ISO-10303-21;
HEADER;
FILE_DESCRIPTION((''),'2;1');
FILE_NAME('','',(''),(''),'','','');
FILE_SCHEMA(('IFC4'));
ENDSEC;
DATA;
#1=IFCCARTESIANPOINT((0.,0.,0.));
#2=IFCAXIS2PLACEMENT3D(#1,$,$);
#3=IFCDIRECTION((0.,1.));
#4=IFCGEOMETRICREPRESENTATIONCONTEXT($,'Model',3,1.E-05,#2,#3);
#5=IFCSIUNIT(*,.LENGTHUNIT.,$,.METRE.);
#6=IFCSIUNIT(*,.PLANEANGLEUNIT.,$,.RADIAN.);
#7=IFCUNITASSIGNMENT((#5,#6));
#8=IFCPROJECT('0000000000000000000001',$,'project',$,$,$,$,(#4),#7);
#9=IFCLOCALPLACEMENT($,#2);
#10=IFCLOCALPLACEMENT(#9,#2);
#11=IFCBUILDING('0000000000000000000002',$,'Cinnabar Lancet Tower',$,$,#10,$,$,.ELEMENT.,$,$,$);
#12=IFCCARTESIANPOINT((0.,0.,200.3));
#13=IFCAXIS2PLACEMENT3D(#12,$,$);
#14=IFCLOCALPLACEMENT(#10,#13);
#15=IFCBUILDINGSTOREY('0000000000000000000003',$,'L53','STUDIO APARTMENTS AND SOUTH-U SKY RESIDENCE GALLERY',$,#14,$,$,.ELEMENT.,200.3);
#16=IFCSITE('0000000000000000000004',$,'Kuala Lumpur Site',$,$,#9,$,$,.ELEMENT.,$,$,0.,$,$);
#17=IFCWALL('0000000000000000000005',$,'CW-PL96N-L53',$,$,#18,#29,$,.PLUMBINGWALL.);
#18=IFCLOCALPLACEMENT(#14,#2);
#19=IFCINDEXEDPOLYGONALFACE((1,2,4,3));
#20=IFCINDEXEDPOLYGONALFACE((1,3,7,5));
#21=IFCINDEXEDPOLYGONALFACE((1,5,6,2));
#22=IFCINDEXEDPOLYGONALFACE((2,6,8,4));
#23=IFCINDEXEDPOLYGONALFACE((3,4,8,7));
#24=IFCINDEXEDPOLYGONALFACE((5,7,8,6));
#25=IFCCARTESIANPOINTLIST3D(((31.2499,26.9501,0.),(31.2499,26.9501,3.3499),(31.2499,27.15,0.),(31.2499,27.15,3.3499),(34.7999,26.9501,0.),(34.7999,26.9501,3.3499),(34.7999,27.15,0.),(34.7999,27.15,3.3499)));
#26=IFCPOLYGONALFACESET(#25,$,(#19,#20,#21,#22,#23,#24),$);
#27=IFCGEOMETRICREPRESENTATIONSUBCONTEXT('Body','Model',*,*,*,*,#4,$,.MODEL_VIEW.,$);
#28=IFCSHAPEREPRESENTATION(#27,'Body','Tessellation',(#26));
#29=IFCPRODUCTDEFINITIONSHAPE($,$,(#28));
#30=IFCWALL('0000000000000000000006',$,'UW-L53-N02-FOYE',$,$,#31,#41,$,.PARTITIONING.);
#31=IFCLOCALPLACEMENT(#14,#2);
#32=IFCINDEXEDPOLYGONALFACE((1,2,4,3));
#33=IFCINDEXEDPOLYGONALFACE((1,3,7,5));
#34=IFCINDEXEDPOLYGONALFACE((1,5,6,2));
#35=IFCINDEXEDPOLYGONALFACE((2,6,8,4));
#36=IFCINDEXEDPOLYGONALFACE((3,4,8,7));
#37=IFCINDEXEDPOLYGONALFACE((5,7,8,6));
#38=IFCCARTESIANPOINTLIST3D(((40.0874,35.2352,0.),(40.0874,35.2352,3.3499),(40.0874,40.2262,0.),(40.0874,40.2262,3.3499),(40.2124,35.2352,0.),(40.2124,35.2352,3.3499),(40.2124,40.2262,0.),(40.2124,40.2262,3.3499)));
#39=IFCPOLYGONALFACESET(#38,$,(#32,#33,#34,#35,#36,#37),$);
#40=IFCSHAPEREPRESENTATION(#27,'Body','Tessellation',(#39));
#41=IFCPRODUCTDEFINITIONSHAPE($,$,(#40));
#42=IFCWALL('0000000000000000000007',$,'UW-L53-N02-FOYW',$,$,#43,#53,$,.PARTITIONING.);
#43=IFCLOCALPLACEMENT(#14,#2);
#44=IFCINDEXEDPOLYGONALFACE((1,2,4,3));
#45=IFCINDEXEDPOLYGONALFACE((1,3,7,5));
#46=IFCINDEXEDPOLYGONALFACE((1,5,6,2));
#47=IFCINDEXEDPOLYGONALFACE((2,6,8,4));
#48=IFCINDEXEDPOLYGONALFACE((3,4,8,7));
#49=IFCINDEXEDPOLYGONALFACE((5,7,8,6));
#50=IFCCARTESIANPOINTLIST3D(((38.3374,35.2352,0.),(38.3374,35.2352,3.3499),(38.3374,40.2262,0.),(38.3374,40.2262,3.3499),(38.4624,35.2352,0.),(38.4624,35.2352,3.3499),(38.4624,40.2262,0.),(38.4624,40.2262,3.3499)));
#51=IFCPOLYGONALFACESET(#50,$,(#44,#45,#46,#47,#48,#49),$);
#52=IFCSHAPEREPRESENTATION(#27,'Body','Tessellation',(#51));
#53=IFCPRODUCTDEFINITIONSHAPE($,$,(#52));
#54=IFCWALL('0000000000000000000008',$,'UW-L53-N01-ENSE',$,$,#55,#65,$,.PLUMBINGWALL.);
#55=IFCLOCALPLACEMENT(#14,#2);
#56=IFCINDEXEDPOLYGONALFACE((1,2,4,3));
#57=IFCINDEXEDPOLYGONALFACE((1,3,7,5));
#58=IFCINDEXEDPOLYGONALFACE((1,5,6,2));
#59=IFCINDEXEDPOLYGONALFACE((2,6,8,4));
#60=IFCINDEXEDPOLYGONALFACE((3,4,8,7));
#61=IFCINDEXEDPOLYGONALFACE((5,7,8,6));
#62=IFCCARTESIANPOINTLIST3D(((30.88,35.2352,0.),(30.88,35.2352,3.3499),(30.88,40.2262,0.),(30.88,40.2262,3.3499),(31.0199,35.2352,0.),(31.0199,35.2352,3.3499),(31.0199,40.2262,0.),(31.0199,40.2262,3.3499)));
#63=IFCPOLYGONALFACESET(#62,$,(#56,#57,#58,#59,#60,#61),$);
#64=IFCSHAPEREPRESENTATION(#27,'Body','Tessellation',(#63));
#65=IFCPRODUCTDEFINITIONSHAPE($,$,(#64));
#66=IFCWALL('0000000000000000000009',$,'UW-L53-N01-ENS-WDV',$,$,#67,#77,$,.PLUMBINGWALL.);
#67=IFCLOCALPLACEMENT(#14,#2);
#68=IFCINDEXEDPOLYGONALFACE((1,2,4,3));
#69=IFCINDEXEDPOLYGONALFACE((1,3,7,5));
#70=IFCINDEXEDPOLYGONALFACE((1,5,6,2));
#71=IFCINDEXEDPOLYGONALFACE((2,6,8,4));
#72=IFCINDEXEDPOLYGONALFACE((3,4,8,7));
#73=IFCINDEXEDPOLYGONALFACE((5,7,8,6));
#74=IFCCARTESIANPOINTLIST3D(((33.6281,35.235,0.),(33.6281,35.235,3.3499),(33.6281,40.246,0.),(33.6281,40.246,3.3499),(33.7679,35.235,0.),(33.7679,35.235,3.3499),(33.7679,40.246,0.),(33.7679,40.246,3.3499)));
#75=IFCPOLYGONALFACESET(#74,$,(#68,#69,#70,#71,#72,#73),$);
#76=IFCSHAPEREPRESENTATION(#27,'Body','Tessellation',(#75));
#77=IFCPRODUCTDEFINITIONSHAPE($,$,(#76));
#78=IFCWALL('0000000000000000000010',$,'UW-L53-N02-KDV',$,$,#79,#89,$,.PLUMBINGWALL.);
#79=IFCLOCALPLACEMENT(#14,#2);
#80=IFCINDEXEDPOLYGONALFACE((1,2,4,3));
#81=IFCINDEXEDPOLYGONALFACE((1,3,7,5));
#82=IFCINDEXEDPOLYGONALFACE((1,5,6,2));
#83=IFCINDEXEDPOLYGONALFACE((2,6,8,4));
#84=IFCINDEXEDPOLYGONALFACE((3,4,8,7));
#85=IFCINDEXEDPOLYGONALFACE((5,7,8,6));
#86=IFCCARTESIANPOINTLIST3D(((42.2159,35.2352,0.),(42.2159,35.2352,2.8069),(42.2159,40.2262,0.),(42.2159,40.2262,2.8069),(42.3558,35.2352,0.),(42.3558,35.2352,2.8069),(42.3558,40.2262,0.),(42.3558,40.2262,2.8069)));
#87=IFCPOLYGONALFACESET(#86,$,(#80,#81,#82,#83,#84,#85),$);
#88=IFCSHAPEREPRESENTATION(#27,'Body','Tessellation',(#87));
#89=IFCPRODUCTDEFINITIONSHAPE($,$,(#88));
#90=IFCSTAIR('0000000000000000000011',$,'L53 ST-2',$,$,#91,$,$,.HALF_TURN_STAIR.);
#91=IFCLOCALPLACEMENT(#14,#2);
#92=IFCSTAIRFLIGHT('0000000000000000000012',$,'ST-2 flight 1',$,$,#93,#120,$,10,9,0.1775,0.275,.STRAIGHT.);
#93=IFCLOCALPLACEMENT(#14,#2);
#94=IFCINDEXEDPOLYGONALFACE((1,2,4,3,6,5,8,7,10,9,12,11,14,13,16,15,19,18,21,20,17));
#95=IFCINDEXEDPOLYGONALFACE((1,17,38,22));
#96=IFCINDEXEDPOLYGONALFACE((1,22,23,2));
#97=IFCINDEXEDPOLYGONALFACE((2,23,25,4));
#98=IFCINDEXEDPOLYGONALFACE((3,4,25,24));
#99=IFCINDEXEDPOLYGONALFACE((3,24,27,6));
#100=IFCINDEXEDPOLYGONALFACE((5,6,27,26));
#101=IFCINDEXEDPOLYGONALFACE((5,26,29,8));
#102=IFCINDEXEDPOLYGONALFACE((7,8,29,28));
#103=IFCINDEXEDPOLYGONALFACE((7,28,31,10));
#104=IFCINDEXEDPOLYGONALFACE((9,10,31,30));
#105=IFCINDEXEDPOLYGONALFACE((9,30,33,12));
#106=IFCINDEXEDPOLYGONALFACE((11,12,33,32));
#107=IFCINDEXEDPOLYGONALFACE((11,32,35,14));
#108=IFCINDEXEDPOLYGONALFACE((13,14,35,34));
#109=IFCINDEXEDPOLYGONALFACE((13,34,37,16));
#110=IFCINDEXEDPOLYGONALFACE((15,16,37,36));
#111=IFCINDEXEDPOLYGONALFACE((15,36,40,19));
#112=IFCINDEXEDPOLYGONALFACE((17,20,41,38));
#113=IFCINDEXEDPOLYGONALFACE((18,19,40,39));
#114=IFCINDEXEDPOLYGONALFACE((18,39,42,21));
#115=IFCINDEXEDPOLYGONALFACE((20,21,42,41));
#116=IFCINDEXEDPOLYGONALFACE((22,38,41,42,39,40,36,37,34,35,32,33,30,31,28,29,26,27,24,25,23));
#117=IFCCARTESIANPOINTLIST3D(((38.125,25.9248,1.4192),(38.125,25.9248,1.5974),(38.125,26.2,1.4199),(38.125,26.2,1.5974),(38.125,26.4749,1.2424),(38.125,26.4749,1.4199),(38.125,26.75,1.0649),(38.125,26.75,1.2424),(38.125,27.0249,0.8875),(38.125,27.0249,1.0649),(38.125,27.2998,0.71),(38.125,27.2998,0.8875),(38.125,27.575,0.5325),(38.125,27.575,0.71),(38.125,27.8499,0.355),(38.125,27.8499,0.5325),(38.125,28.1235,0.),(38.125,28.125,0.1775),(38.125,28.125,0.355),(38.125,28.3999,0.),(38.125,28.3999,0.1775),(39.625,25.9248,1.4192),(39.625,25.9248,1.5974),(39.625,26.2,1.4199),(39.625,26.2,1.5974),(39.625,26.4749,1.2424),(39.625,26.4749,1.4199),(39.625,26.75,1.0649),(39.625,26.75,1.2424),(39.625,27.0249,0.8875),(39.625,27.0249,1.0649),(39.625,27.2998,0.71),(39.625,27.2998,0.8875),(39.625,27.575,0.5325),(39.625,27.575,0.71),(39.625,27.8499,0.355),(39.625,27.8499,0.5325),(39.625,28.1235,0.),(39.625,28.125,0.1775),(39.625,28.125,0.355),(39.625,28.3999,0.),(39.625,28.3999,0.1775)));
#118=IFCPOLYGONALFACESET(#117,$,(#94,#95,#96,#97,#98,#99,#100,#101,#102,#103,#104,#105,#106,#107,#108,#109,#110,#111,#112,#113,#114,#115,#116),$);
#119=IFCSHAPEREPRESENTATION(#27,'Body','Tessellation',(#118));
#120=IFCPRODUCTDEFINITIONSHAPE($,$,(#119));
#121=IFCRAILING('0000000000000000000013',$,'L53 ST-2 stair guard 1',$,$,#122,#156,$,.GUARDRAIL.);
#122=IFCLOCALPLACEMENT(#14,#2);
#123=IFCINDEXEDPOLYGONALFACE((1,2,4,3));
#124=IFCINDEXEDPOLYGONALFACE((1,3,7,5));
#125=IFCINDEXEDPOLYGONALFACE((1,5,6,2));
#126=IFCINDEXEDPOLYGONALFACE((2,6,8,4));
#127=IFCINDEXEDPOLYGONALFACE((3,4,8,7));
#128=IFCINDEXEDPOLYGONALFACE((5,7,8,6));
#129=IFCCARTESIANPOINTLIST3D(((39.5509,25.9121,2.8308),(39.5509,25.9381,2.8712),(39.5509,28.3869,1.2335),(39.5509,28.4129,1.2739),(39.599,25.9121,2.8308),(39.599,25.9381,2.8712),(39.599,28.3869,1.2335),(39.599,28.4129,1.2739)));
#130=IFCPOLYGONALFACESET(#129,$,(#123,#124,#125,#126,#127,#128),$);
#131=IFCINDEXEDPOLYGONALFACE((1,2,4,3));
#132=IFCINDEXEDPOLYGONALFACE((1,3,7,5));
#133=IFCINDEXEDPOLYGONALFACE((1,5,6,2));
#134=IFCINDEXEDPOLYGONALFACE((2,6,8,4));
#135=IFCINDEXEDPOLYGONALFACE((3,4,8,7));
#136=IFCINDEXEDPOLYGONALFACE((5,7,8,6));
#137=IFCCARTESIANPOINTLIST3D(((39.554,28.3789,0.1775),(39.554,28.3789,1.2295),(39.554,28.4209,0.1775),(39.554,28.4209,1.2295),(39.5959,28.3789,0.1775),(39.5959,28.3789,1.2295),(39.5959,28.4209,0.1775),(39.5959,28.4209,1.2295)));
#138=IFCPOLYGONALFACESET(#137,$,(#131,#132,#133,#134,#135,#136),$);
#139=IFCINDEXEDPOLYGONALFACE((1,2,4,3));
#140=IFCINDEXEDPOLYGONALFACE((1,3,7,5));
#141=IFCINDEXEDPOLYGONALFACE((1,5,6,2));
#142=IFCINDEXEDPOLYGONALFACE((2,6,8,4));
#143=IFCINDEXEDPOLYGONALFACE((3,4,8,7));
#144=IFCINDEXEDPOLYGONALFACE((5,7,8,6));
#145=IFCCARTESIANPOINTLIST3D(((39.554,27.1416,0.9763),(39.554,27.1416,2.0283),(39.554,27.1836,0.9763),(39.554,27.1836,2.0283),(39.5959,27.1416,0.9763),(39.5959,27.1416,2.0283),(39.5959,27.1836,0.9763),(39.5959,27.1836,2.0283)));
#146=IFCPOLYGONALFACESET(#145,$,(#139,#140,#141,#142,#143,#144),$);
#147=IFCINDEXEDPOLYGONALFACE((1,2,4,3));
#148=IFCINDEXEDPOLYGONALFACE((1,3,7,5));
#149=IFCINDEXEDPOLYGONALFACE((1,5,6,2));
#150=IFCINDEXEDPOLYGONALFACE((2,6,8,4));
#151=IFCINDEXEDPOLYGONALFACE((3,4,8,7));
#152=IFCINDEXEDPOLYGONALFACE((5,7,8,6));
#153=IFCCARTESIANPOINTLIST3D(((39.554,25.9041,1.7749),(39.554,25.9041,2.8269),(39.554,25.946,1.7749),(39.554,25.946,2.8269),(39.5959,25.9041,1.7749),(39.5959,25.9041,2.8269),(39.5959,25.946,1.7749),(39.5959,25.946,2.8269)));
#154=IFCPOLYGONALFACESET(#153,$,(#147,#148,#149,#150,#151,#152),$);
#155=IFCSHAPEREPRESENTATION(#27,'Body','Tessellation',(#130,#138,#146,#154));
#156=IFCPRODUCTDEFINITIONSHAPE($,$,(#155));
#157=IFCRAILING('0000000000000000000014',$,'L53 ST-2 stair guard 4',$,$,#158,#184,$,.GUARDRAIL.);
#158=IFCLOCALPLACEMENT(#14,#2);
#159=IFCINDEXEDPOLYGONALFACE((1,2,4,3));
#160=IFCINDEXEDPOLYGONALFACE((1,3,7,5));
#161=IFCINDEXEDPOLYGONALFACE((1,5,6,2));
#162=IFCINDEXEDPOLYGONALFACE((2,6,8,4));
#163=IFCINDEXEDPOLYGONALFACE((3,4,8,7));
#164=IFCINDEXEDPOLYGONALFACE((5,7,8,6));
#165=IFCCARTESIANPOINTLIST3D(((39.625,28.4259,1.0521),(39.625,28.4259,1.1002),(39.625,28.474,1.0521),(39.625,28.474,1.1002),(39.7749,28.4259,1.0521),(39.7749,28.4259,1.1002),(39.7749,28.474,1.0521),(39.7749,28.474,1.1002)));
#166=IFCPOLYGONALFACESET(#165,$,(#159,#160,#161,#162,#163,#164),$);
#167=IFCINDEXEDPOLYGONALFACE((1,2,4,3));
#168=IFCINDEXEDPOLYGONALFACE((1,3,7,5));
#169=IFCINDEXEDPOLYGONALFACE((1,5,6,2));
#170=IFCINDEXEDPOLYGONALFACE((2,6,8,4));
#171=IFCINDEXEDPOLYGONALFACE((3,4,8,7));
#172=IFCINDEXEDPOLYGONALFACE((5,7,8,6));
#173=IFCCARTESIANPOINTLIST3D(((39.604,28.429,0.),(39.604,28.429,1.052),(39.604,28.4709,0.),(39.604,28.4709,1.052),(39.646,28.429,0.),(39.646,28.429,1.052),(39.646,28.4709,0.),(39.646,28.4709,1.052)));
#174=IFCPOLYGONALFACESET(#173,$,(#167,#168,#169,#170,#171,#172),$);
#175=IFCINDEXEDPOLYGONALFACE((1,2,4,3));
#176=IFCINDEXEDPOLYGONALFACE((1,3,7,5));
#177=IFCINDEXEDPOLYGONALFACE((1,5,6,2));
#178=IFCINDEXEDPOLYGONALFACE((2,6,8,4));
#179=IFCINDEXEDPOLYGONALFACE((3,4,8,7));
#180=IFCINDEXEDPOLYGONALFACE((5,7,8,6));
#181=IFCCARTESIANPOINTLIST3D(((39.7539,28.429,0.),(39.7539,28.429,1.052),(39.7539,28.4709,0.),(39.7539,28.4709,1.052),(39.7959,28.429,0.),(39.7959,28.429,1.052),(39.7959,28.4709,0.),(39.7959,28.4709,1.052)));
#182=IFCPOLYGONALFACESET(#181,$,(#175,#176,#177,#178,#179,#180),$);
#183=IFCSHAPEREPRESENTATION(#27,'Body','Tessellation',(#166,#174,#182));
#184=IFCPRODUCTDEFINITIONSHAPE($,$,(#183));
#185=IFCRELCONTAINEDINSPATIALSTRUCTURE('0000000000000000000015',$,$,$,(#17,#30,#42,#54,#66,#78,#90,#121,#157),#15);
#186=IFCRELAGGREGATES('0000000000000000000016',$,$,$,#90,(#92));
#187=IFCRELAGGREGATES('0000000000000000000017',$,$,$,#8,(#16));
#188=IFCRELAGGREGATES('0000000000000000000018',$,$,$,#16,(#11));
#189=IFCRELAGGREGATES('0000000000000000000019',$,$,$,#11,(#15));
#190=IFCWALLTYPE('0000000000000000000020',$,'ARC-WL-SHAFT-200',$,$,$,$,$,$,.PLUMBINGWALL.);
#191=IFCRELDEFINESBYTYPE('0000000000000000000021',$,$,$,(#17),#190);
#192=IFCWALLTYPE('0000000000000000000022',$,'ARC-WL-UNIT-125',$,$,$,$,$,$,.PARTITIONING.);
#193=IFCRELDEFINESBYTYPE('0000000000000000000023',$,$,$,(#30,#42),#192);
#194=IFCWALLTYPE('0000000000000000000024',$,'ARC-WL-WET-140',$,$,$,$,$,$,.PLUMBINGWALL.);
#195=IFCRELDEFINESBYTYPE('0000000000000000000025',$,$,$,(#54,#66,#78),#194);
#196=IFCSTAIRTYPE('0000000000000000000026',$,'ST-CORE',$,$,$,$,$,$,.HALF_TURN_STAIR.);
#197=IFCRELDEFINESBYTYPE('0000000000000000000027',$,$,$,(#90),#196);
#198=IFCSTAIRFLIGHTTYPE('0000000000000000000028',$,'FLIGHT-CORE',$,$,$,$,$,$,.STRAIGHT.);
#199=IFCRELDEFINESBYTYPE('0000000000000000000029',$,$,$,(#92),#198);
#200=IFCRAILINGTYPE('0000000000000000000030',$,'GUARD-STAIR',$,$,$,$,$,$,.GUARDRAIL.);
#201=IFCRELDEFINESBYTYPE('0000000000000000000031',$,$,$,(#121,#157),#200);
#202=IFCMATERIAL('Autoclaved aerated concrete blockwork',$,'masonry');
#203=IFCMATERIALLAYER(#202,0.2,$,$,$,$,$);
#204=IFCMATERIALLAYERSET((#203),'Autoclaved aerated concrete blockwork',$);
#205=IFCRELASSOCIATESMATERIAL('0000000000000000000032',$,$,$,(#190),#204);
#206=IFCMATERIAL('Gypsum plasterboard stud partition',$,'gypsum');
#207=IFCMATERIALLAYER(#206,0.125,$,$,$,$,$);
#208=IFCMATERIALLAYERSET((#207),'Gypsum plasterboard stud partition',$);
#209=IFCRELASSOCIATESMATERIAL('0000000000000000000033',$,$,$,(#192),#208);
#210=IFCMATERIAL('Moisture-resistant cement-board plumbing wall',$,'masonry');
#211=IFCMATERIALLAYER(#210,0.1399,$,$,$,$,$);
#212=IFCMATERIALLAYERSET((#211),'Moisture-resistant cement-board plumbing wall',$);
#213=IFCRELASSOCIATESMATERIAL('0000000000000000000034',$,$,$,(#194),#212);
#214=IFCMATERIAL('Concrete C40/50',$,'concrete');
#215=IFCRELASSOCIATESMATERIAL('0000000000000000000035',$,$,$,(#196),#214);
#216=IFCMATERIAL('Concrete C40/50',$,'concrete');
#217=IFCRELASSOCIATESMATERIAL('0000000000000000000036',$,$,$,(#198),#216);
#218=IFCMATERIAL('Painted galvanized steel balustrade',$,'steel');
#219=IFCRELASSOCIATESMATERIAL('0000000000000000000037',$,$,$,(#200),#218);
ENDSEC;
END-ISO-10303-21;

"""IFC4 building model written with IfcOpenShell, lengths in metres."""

from ifc_helpers import new_model, si_unit, direction, frame, frame_2d, origin, origin_2d, place, context, subcontext, project, spatial, polyline, rectangle, outline, extrude, material, layer, layer_set, type_object, element, aggregate, save


model = new_model("IFC4")

# Units and contexts
model_context = context("Model", 3, precision=1e-05, world=origin(), true_north=direction((0.0, 1.0)))
body_context = subcontext(model_context, "Body", "Model", "MODEL_VIEW")
ifc_project = project(units=[si_unit("LENGTHUNIT", "METRE"), si_unit("PLANEANGLEUNIT", "RADIAN")], contexts=[model_context])

# Site, building, storey
site_placement = place(None, origin())
site = spatial("IfcSite", under=ifc_project, at=site_placement, Name="Kuala Lumpur Site", CompositionType="ELEMENT", RefElevation=0.0)
building_placement = place(site_placement, origin())
building = spatial("IfcBuilding", under=site, at=building_placement, Name="Cinnabar Lancet Tower", CompositionType="ELEMENT")
storey_placement = place(building_placement, frame((0.0, 0.0, 200.3)))
storey = spatial("IfcBuildingStorey", under=building, at=storey_placement, Name="L53", Description="STUDIO APARTMENTS AND SOUTH-U SKY RESIDENCE GALLERY", CompositionType="ELEMENT", Elevation=200.3)

# Shared definitions
ifc_material_1 = material(Name="Autoclaved aerated concrete blockwork", Category="masonry")
ifc_layer_1 = layer(ifc_material_1, 0.2)
ifc_layer_set_1 = layer_set([ifc_layer_1], Name="Autoclaved aerated concrete blockwork")
wall_type_1 = type_object("IfcWallType", Name="ARC-WL-SHAFT-200", PredefinedType="PLUMBINGWALL", material=ifc_layer_set_1)

# Walls
wall_1_placement = place(storey_placement, frame((31.25, 27.05, 0.0), z_axis=(0.0, 0.0, 1.0), x_axis=(1.0, 0.0, 0.0)))
element("IfcWall", 1, at=wall_1_placement, inside=storey, type_object=wall_type_1, Name="CW-PL96N-L53", PredefinedType="PLUMBINGWALL", context=body_context, shape_type="SweptSolid", body=[
    extrude(rectangle(XDim=3.55, YDim=0.2, at=frame_2d((1.7749, 0.0))), origin(), (0.0, 0.0, 1.0), 3.3499),
])
ifc_material_2 = material(Name="Gypsum plasterboard stud partition", Category="gypsum")
ifc_layer_2 = layer(ifc_material_2, 0.125)
ifc_layer_set_2 = layer_set([ifc_layer_2], Name="Gypsum plasterboard stud partition")
wall_type_2 = type_object("IfcWallType", Name="ARC-WL-UNIT-125", PredefinedType="PARTITIONING", material=ifc_layer_set_2)
for number, where, z_axis, x_axis, name in (
    (2, (40.1499, 35.2351, 0.0), (0.0, 0.0, 1.0), (0.0, 1.0, 0.0), "UW-L53-N02-FOYE"),
    (3, (38.3999, 35.2351, 0.0), (0.0, 0.0, 1.0), (0.0, 1.0, 0.0), "UW-L53-N02-FOYW"),
):
    element("IfcWall", number, at=place(storey_placement, frame(where, z_axis=z_axis, x_axis=x_axis)), inside=storey, type_object=wall_type_2, Name=name, PredefinedType="PARTITIONING", context=body_context, shape_type="SweptSolid", body=[
        extrude(rectangle(XDim=4.991, YDim=0.125, at=frame_2d((2.4956, 0.0))), origin(), (0.0, 0.0, 1.0), 3.3499),
    ])
ifc_material_3 = material(Name="Moisture-resistant cement-board plumbing wall", Category="masonry")
ifc_layer_3 = layer(ifc_material_3, 0.1399)
ifc_layer_set_3 = layer_set([ifc_layer_3], Name="Moisture-resistant cement-board plumbing wall")
wall_type_3 = type_object("IfcWallType", Name="ARC-WL-WET-140", PredefinedType="PLUMBINGWALL", material=ifc_layer_set_3)
wall_2_placement = place(storey_placement, frame((30.95, 35.2351, 0.0), z_axis=(0.0, 0.0, 1.0), x_axis=(0.0, 1.0, 0.0)))
element("IfcWall", 4, at=wall_2_placement, inside=storey, type_object=wall_type_3, Name="UW-L53-N01-ENSE", PredefinedType="PLUMBINGWALL", context=body_context, shape_type="SweptSolid", body=[
    extrude(rectangle(XDim=4.991, YDim=0.1399, at=frame_2d((2.4956, 0.0))), origin(), (0.0, 0.0, 1.0), 3.3499),
])
wall_3_placement = place(storey_placement, frame((33.698, 35.2351, 0.0), z_axis=(0.0, 0.0, 1.0), x_axis=(0.0, 1.0, 0.0)))
element("IfcWall", 5, at=wall_3_placement, inside=storey, type_object=wall_type_3, Name="UW-L53-N01-ENS-WDV", PredefinedType="PLUMBINGWALL", context=body_context, shape_type="SweptSolid", body=[
    extrude(rectangle(XDim=5.011, YDim=0.1399, at=frame_2d((2.5054, 0.0))), origin(), (0.0, 0.0, 1.0), 3.3499),
])
wall_4_placement = place(storey_placement, frame((42.2859, 35.2351, 0.0), z_axis=(0.0, 0.0, 1.0), x_axis=(0.0, 1.0, 0.0)))
element("IfcWall", 6, at=wall_4_placement, inside=storey, type_object=wall_type_3, Name="UW-L53-N02-KDV", PredefinedType="PLUMBINGWALL", context=body_context, shape_type="SweptSolid", body=[
    extrude(rectangle(XDim=4.991, YDim=0.1399, at=frame_2d((2.4956, 0.0))), origin(), (0.0, 0.0, 1.0), 2.8069),
])

# Stair, stair flight
ifc_material_4 = material(Name="Concrete C40/50", Category="concrete")
stair_type = type_object("IfcStairType", Name="ST-CORE", PredefinedType="HALF_TURN_STAIR", material=ifc_material_4)
stair_placement = place(storey_placement, origin())
stair = element("IfcStair", 7, at=stair_placement, inside=storey, type_object=stair_type, Name="L53 ST-2", PredefinedType="HALF_TURN_STAIR")
ifc_material_5 = material(Name="Concrete C40/50", Category="concrete")
stair_flight_type = type_object("IfcStairFlightType", Name="FLIGHT-CORE", PredefinedType="STRAIGHT", material=ifc_material_5)
stair_flight_placement = place(storey_placement, frame((38.875, 28.3999, 0.0), z_axis=(0.0, 0.0, 1.0), x_axis=(0.0, -1.0, 0.0)))
stair_flight = element("IfcStairFlight", 8, at=stair_flight_placement, type_object=stair_flight_type, Name="ST-2 flight 1", NumberOfRisers=10, NumberOfTreads=9, PredefinedType="STRAIGHT", RiserHeight=0.1775, TreadLength=0.275, context=body_context, shape_type="SweptSolid", body=[
    extrude(outline(polyline([(0.0, 0.0), (0.0, 0.1775), (0.2749, 0.1775), (0.2749, 0.355), (0.55, 0.355), (0.55, 0.5325), (0.825, 0.5325), (0.825, 0.71), (1.1001, 0.71), (1.1001, 0.8875), (1.375, 0.8875), (1.375, 1.0649), (1.6499, 1.0649), (1.6499, 1.2424), (1.925, 1.2424), (1.925, 1.4199), (2.2, 1.4199), (2.2, 1.5974), (2.4751, 1.5974), (2.4751, 1.7749), (2.4751, 1.4192), (0.2764, 0.0), (0.0, 0.0)])), frame((0.0, 0.75, 0.0), z_axis=(0.0, -1.0, 0.0), x_axis=(1.0, 0.0, 0.0)), (0.0, 0.0, 1.0), 1.5),
])
aggregate(stair, [stair_flight])

# Railings
ifc_material_6 = material(Name="Painted galvanized steel balustrade", Category="steel")
railing_type_1 = type_object("IfcRailingType", Name="GUARD-STAIR", PredefinedType="GUARDRAIL", material=ifc_material_6)
railing_1_placement = place(storey_placement, frame((39.575, 28.3999, 0.1775)))
element("IfcRailing", 9, at=railing_1_placement, inside=storey, type_object=railing_type_1, Name="L53 ST-2 stair guard 1", PredefinedType="GUARDRAIL", context=body_context, shape_type="SweptSolid", body=[
    extrude(rectangle(XDim=0.0481, YDim=0.0481, at=origin_2d()), frame((0.0, 0.0, 1.0762), z_axis=(0.0, -0.840183, 0.542302), x_axis=(1.0, 0.0, 0.0)), (0.0, 0.0, 1.0), 2.9456),
    extrude(rectangle(XDim=0.042, YDim=0.042, at=origin_2d()), origin(), (0.0, 0.0, 1.0), 1.052),
    extrude(rectangle(XDim=0.042, YDim=0.042, at=origin_2d()), frame((0.0, -1.2373, 0.7988)), (0.0, 0.0, 1.0), 1.052),
    extrude(rectangle(XDim=0.042, YDim=0.042, at=origin_2d()), frame((0.0, -2.4749, 1.5974)), (0.0, 0.0, 1.0), 1.052),
])
railing_2_placement = place(storey_placement, frame((39.625, 28.45, 0.0)))
element("IfcRailing", 10, at=railing_2_placement, inside=storey, type_object=railing_type_1, Name="L53 ST-2 stair guard 4", PredefinedType="GUARDRAIL", context=body_context, shape_type="SweptSolid", body=[
    extrude(rectangle(XDim=0.0481, YDim=0.0481, at=origin_2d()), frame((0.0, 0.0, 1.0762), z_axis=(1.0, 0.0, 0.0), x_axis=(0.0, 1.0, 0.0)), (0.0, 0.0, 1.0), 0.1499),
    extrude(rectangle(XDim=0.042, YDim=0.042, at=origin_2d()), origin(), (0.0, 0.0, 1.0), 1.052),
    extrude(rectangle(XDim=0.042, YDim=0.042, at=origin_2d()), frame((0.1499, 0.0, 0.0)), (0.0, 0.0, 1.0), 1.052),
])

save(model, "model.ifc")
